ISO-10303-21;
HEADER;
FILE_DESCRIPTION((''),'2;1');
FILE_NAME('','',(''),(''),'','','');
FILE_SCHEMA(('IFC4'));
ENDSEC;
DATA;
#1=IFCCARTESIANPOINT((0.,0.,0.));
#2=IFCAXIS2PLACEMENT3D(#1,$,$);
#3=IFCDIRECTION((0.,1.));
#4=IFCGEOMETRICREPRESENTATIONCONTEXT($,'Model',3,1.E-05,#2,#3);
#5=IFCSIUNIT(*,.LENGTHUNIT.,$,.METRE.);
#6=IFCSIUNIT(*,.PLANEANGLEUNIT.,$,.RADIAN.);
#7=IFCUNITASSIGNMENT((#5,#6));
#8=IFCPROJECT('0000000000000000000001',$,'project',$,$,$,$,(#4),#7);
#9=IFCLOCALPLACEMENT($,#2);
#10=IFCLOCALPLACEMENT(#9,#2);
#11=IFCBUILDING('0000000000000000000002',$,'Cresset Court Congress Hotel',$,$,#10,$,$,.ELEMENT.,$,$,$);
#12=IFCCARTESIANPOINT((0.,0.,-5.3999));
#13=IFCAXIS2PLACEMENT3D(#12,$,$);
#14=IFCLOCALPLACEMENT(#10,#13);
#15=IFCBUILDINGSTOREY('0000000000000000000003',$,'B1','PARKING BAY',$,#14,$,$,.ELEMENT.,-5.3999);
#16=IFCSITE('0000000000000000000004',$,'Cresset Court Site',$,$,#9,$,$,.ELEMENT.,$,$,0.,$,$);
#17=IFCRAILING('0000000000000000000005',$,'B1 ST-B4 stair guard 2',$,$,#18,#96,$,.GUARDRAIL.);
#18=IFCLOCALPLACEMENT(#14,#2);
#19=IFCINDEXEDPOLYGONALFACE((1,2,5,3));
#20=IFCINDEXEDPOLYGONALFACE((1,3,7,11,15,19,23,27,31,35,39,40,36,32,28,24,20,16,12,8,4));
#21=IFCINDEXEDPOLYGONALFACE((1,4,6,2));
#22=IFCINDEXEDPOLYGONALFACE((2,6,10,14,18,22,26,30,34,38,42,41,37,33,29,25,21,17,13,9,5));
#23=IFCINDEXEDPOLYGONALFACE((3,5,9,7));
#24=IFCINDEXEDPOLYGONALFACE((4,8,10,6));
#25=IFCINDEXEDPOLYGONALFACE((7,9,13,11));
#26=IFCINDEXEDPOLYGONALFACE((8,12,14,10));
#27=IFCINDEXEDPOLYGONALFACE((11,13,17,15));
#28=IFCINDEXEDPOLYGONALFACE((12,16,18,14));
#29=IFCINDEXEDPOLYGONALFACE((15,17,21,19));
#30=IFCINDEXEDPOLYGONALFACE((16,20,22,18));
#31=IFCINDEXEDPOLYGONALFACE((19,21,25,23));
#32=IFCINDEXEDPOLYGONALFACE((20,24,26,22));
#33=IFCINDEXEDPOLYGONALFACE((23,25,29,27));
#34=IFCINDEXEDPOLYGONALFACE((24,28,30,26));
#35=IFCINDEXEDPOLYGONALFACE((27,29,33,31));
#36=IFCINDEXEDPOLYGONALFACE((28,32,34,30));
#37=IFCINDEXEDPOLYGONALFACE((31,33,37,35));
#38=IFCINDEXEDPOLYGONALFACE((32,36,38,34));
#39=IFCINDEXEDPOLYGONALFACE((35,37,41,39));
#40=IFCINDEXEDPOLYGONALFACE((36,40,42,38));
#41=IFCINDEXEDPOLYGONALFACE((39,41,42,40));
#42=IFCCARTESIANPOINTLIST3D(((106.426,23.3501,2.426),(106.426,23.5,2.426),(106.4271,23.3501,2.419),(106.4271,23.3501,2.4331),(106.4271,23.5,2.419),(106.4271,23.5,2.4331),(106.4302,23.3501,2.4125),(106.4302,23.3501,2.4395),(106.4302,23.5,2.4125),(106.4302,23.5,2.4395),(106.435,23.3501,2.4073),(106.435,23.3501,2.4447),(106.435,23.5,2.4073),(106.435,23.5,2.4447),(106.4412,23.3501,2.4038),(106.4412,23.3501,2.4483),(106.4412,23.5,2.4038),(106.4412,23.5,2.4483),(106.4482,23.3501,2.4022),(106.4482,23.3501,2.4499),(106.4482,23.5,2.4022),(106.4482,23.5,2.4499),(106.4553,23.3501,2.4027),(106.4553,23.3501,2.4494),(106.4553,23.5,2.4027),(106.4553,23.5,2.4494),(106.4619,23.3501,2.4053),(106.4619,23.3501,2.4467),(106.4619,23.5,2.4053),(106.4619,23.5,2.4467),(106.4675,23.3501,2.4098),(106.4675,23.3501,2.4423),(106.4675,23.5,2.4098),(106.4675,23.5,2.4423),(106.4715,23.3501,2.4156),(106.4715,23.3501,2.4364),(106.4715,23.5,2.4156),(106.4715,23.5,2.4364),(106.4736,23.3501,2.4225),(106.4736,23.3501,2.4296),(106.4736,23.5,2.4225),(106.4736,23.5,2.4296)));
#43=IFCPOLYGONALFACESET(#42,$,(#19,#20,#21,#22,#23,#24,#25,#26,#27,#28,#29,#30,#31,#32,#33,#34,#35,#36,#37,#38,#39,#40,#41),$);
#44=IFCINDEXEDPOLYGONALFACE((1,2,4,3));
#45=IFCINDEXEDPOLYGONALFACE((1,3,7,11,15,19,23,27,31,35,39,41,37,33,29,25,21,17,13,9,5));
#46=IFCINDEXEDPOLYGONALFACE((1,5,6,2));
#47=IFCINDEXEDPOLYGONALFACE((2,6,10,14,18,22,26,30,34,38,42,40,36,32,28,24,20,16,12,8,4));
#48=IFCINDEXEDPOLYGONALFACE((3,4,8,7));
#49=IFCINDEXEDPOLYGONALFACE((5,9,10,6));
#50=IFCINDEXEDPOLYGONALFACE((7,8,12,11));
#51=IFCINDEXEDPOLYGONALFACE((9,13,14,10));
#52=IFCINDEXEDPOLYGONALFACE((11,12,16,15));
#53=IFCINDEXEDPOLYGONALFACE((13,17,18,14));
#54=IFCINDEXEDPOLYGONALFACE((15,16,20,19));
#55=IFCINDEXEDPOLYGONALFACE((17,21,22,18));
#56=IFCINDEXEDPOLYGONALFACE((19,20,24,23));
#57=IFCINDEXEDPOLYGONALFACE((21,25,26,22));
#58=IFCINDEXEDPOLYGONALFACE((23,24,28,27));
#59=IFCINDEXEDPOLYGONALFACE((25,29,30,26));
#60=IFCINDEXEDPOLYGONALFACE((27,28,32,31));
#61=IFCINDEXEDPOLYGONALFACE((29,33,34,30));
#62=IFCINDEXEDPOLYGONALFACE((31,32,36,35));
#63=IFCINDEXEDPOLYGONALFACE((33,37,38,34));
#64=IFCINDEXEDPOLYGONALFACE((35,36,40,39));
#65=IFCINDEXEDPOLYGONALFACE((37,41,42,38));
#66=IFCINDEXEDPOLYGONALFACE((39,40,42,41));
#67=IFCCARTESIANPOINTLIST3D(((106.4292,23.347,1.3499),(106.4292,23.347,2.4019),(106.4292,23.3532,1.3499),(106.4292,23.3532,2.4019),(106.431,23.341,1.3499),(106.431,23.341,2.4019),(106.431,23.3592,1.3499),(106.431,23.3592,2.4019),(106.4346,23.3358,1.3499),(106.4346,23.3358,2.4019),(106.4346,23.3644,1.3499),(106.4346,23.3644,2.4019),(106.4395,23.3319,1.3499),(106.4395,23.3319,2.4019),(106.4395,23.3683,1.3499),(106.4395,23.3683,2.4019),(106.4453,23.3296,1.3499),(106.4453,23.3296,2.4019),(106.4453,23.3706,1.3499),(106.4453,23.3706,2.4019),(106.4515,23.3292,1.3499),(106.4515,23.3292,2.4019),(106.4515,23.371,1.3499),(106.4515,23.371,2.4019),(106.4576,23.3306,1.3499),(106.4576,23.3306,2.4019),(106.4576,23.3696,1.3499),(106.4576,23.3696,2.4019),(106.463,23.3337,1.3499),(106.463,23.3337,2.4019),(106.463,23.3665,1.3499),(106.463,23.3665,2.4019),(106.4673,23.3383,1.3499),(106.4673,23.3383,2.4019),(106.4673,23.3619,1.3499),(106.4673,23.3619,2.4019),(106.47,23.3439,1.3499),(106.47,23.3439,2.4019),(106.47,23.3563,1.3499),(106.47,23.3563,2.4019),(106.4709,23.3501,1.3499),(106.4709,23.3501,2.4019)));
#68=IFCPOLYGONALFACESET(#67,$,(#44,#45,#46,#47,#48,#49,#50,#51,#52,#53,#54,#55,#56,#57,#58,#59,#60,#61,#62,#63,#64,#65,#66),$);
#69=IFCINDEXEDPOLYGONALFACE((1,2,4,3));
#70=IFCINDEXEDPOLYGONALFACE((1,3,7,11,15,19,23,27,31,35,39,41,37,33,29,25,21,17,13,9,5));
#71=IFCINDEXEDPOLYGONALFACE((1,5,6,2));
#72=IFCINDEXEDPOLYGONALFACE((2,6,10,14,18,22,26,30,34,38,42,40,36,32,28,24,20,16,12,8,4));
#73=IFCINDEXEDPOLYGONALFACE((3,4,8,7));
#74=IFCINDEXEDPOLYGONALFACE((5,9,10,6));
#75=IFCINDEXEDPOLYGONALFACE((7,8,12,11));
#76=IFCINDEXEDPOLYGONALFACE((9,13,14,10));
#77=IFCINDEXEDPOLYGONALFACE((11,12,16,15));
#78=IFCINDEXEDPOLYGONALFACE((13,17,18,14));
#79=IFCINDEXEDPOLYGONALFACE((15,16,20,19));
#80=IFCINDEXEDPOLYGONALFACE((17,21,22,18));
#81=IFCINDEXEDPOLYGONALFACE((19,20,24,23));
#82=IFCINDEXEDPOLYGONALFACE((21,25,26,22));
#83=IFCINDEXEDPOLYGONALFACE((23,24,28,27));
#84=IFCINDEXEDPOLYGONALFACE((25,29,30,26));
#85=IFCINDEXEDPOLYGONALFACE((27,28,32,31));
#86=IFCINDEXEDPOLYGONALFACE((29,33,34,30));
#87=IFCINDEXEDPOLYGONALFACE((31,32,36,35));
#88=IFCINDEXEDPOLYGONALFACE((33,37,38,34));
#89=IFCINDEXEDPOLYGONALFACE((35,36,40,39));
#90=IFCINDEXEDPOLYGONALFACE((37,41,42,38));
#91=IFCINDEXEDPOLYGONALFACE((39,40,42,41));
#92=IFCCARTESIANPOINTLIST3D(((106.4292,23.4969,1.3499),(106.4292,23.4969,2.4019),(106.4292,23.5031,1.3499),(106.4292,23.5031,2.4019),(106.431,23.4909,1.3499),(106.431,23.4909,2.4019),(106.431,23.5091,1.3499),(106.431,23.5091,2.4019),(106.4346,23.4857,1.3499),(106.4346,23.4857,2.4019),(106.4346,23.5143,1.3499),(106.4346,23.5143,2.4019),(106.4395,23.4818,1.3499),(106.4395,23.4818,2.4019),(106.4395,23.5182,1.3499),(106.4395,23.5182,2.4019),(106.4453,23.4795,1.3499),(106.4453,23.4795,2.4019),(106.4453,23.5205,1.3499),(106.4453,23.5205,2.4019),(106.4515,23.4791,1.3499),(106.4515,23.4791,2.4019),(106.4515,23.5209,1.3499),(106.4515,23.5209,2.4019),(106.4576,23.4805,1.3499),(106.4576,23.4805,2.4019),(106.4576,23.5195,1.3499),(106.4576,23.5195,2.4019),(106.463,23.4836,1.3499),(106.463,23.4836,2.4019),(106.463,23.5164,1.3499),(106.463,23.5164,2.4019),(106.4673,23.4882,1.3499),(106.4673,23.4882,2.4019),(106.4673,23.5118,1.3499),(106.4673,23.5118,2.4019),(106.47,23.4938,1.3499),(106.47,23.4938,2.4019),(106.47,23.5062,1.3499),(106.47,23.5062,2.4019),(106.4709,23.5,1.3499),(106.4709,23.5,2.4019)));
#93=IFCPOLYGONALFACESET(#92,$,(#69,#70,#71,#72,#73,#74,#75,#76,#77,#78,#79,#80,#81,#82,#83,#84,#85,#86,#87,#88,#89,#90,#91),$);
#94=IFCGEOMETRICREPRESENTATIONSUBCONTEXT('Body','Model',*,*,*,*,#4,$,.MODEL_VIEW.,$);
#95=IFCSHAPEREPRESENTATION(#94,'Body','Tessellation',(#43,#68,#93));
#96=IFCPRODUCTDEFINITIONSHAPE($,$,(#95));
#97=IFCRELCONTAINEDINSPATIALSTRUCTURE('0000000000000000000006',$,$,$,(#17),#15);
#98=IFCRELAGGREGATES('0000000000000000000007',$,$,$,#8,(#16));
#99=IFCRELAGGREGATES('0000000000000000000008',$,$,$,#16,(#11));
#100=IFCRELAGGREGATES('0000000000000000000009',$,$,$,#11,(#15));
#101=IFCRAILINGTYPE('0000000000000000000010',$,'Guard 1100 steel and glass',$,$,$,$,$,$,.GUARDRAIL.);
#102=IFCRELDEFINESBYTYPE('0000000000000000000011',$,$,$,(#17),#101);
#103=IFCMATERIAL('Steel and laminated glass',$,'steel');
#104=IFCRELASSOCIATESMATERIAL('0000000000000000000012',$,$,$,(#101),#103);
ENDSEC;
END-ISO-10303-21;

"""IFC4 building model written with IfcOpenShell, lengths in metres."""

from ifc_helpers import new_model, si_unit, direction, frame, origin, origin_2d, place, context, subcontext, project, spatial, circle, extrude, material, type_object, element, save


model = new_model("IFC4")

# Units and contexts
model_context = context("Model", 3, precision=1e-05, world=origin(), true_north=direction((0.0, 1.0)))
body_context = subcontext(model_context, "Body", "Model", "MODEL_VIEW")
ifc_project = project(units=[si_unit("LENGTHUNIT", "METRE"), si_unit("PLANEANGLEUNIT", "RADIAN")], contexts=[model_context])

# Site, building, storey
site_placement = place(None, origin())
site = spatial("IfcSite", under=ifc_project, at=site_placement, Name="Cresset Court Site", CompositionType="ELEMENT", RefElevation=0.0)
building_placement = place(site_placement, origin())
building = spatial("IfcBuilding", under=site, at=building_placement, Name="Cresset Court Congress Hotel", CompositionType="ELEMENT")
storey_placement = place(building_placement, frame((0.0, 0.0, -5.3999)))
storey = spatial("IfcBuildingStorey", under=building, at=storey_placement, Name="B1", Description="PARKING BAY", CompositionType="ELEMENT", Elevation=-5.3999)

# Railing
ifc_material_1 = material(Name="Steel and laminated glass", Category="steel")
railing_type_1 = type_object("IfcRailingType", Name="Guard 1100 steel and glass", PredefinedType="GUARDRAIL", material=ifc_material_1)
railing_1_placement = place(storey_placement, frame((106.45, 23.3501, 1.3499)))
element("IfcRailing", 1, at=railing_1_placement, inside=storey, type_object=railing_type_1, Name="B1 ST-B4 stair guard 2", PredefinedType="GUARDRAIL", context=body_context, shape_type="SweptSolid", body=[
    extrude(circle(Radius=0.0239, at=origin_2d()), frame((0.0, 0.0, 1.0762), z_axis=(0.0, 1.0, 0.0), x_axis=(-1.0, 0.0, 0.0)), (0.0, 0.0, 1.0), 0.1499),
    extrude(circle(Radius=0.021, at=origin_2d()), origin(), (0.0, 0.0, 1.0), 1.052),
    extrude(circle(Radius=0.021, at=origin_2d()), frame((0.0, 0.1499, 0.0)), (0.0, 0.0, 1.0), 1.052),
])

save(model, "model.ifc")
